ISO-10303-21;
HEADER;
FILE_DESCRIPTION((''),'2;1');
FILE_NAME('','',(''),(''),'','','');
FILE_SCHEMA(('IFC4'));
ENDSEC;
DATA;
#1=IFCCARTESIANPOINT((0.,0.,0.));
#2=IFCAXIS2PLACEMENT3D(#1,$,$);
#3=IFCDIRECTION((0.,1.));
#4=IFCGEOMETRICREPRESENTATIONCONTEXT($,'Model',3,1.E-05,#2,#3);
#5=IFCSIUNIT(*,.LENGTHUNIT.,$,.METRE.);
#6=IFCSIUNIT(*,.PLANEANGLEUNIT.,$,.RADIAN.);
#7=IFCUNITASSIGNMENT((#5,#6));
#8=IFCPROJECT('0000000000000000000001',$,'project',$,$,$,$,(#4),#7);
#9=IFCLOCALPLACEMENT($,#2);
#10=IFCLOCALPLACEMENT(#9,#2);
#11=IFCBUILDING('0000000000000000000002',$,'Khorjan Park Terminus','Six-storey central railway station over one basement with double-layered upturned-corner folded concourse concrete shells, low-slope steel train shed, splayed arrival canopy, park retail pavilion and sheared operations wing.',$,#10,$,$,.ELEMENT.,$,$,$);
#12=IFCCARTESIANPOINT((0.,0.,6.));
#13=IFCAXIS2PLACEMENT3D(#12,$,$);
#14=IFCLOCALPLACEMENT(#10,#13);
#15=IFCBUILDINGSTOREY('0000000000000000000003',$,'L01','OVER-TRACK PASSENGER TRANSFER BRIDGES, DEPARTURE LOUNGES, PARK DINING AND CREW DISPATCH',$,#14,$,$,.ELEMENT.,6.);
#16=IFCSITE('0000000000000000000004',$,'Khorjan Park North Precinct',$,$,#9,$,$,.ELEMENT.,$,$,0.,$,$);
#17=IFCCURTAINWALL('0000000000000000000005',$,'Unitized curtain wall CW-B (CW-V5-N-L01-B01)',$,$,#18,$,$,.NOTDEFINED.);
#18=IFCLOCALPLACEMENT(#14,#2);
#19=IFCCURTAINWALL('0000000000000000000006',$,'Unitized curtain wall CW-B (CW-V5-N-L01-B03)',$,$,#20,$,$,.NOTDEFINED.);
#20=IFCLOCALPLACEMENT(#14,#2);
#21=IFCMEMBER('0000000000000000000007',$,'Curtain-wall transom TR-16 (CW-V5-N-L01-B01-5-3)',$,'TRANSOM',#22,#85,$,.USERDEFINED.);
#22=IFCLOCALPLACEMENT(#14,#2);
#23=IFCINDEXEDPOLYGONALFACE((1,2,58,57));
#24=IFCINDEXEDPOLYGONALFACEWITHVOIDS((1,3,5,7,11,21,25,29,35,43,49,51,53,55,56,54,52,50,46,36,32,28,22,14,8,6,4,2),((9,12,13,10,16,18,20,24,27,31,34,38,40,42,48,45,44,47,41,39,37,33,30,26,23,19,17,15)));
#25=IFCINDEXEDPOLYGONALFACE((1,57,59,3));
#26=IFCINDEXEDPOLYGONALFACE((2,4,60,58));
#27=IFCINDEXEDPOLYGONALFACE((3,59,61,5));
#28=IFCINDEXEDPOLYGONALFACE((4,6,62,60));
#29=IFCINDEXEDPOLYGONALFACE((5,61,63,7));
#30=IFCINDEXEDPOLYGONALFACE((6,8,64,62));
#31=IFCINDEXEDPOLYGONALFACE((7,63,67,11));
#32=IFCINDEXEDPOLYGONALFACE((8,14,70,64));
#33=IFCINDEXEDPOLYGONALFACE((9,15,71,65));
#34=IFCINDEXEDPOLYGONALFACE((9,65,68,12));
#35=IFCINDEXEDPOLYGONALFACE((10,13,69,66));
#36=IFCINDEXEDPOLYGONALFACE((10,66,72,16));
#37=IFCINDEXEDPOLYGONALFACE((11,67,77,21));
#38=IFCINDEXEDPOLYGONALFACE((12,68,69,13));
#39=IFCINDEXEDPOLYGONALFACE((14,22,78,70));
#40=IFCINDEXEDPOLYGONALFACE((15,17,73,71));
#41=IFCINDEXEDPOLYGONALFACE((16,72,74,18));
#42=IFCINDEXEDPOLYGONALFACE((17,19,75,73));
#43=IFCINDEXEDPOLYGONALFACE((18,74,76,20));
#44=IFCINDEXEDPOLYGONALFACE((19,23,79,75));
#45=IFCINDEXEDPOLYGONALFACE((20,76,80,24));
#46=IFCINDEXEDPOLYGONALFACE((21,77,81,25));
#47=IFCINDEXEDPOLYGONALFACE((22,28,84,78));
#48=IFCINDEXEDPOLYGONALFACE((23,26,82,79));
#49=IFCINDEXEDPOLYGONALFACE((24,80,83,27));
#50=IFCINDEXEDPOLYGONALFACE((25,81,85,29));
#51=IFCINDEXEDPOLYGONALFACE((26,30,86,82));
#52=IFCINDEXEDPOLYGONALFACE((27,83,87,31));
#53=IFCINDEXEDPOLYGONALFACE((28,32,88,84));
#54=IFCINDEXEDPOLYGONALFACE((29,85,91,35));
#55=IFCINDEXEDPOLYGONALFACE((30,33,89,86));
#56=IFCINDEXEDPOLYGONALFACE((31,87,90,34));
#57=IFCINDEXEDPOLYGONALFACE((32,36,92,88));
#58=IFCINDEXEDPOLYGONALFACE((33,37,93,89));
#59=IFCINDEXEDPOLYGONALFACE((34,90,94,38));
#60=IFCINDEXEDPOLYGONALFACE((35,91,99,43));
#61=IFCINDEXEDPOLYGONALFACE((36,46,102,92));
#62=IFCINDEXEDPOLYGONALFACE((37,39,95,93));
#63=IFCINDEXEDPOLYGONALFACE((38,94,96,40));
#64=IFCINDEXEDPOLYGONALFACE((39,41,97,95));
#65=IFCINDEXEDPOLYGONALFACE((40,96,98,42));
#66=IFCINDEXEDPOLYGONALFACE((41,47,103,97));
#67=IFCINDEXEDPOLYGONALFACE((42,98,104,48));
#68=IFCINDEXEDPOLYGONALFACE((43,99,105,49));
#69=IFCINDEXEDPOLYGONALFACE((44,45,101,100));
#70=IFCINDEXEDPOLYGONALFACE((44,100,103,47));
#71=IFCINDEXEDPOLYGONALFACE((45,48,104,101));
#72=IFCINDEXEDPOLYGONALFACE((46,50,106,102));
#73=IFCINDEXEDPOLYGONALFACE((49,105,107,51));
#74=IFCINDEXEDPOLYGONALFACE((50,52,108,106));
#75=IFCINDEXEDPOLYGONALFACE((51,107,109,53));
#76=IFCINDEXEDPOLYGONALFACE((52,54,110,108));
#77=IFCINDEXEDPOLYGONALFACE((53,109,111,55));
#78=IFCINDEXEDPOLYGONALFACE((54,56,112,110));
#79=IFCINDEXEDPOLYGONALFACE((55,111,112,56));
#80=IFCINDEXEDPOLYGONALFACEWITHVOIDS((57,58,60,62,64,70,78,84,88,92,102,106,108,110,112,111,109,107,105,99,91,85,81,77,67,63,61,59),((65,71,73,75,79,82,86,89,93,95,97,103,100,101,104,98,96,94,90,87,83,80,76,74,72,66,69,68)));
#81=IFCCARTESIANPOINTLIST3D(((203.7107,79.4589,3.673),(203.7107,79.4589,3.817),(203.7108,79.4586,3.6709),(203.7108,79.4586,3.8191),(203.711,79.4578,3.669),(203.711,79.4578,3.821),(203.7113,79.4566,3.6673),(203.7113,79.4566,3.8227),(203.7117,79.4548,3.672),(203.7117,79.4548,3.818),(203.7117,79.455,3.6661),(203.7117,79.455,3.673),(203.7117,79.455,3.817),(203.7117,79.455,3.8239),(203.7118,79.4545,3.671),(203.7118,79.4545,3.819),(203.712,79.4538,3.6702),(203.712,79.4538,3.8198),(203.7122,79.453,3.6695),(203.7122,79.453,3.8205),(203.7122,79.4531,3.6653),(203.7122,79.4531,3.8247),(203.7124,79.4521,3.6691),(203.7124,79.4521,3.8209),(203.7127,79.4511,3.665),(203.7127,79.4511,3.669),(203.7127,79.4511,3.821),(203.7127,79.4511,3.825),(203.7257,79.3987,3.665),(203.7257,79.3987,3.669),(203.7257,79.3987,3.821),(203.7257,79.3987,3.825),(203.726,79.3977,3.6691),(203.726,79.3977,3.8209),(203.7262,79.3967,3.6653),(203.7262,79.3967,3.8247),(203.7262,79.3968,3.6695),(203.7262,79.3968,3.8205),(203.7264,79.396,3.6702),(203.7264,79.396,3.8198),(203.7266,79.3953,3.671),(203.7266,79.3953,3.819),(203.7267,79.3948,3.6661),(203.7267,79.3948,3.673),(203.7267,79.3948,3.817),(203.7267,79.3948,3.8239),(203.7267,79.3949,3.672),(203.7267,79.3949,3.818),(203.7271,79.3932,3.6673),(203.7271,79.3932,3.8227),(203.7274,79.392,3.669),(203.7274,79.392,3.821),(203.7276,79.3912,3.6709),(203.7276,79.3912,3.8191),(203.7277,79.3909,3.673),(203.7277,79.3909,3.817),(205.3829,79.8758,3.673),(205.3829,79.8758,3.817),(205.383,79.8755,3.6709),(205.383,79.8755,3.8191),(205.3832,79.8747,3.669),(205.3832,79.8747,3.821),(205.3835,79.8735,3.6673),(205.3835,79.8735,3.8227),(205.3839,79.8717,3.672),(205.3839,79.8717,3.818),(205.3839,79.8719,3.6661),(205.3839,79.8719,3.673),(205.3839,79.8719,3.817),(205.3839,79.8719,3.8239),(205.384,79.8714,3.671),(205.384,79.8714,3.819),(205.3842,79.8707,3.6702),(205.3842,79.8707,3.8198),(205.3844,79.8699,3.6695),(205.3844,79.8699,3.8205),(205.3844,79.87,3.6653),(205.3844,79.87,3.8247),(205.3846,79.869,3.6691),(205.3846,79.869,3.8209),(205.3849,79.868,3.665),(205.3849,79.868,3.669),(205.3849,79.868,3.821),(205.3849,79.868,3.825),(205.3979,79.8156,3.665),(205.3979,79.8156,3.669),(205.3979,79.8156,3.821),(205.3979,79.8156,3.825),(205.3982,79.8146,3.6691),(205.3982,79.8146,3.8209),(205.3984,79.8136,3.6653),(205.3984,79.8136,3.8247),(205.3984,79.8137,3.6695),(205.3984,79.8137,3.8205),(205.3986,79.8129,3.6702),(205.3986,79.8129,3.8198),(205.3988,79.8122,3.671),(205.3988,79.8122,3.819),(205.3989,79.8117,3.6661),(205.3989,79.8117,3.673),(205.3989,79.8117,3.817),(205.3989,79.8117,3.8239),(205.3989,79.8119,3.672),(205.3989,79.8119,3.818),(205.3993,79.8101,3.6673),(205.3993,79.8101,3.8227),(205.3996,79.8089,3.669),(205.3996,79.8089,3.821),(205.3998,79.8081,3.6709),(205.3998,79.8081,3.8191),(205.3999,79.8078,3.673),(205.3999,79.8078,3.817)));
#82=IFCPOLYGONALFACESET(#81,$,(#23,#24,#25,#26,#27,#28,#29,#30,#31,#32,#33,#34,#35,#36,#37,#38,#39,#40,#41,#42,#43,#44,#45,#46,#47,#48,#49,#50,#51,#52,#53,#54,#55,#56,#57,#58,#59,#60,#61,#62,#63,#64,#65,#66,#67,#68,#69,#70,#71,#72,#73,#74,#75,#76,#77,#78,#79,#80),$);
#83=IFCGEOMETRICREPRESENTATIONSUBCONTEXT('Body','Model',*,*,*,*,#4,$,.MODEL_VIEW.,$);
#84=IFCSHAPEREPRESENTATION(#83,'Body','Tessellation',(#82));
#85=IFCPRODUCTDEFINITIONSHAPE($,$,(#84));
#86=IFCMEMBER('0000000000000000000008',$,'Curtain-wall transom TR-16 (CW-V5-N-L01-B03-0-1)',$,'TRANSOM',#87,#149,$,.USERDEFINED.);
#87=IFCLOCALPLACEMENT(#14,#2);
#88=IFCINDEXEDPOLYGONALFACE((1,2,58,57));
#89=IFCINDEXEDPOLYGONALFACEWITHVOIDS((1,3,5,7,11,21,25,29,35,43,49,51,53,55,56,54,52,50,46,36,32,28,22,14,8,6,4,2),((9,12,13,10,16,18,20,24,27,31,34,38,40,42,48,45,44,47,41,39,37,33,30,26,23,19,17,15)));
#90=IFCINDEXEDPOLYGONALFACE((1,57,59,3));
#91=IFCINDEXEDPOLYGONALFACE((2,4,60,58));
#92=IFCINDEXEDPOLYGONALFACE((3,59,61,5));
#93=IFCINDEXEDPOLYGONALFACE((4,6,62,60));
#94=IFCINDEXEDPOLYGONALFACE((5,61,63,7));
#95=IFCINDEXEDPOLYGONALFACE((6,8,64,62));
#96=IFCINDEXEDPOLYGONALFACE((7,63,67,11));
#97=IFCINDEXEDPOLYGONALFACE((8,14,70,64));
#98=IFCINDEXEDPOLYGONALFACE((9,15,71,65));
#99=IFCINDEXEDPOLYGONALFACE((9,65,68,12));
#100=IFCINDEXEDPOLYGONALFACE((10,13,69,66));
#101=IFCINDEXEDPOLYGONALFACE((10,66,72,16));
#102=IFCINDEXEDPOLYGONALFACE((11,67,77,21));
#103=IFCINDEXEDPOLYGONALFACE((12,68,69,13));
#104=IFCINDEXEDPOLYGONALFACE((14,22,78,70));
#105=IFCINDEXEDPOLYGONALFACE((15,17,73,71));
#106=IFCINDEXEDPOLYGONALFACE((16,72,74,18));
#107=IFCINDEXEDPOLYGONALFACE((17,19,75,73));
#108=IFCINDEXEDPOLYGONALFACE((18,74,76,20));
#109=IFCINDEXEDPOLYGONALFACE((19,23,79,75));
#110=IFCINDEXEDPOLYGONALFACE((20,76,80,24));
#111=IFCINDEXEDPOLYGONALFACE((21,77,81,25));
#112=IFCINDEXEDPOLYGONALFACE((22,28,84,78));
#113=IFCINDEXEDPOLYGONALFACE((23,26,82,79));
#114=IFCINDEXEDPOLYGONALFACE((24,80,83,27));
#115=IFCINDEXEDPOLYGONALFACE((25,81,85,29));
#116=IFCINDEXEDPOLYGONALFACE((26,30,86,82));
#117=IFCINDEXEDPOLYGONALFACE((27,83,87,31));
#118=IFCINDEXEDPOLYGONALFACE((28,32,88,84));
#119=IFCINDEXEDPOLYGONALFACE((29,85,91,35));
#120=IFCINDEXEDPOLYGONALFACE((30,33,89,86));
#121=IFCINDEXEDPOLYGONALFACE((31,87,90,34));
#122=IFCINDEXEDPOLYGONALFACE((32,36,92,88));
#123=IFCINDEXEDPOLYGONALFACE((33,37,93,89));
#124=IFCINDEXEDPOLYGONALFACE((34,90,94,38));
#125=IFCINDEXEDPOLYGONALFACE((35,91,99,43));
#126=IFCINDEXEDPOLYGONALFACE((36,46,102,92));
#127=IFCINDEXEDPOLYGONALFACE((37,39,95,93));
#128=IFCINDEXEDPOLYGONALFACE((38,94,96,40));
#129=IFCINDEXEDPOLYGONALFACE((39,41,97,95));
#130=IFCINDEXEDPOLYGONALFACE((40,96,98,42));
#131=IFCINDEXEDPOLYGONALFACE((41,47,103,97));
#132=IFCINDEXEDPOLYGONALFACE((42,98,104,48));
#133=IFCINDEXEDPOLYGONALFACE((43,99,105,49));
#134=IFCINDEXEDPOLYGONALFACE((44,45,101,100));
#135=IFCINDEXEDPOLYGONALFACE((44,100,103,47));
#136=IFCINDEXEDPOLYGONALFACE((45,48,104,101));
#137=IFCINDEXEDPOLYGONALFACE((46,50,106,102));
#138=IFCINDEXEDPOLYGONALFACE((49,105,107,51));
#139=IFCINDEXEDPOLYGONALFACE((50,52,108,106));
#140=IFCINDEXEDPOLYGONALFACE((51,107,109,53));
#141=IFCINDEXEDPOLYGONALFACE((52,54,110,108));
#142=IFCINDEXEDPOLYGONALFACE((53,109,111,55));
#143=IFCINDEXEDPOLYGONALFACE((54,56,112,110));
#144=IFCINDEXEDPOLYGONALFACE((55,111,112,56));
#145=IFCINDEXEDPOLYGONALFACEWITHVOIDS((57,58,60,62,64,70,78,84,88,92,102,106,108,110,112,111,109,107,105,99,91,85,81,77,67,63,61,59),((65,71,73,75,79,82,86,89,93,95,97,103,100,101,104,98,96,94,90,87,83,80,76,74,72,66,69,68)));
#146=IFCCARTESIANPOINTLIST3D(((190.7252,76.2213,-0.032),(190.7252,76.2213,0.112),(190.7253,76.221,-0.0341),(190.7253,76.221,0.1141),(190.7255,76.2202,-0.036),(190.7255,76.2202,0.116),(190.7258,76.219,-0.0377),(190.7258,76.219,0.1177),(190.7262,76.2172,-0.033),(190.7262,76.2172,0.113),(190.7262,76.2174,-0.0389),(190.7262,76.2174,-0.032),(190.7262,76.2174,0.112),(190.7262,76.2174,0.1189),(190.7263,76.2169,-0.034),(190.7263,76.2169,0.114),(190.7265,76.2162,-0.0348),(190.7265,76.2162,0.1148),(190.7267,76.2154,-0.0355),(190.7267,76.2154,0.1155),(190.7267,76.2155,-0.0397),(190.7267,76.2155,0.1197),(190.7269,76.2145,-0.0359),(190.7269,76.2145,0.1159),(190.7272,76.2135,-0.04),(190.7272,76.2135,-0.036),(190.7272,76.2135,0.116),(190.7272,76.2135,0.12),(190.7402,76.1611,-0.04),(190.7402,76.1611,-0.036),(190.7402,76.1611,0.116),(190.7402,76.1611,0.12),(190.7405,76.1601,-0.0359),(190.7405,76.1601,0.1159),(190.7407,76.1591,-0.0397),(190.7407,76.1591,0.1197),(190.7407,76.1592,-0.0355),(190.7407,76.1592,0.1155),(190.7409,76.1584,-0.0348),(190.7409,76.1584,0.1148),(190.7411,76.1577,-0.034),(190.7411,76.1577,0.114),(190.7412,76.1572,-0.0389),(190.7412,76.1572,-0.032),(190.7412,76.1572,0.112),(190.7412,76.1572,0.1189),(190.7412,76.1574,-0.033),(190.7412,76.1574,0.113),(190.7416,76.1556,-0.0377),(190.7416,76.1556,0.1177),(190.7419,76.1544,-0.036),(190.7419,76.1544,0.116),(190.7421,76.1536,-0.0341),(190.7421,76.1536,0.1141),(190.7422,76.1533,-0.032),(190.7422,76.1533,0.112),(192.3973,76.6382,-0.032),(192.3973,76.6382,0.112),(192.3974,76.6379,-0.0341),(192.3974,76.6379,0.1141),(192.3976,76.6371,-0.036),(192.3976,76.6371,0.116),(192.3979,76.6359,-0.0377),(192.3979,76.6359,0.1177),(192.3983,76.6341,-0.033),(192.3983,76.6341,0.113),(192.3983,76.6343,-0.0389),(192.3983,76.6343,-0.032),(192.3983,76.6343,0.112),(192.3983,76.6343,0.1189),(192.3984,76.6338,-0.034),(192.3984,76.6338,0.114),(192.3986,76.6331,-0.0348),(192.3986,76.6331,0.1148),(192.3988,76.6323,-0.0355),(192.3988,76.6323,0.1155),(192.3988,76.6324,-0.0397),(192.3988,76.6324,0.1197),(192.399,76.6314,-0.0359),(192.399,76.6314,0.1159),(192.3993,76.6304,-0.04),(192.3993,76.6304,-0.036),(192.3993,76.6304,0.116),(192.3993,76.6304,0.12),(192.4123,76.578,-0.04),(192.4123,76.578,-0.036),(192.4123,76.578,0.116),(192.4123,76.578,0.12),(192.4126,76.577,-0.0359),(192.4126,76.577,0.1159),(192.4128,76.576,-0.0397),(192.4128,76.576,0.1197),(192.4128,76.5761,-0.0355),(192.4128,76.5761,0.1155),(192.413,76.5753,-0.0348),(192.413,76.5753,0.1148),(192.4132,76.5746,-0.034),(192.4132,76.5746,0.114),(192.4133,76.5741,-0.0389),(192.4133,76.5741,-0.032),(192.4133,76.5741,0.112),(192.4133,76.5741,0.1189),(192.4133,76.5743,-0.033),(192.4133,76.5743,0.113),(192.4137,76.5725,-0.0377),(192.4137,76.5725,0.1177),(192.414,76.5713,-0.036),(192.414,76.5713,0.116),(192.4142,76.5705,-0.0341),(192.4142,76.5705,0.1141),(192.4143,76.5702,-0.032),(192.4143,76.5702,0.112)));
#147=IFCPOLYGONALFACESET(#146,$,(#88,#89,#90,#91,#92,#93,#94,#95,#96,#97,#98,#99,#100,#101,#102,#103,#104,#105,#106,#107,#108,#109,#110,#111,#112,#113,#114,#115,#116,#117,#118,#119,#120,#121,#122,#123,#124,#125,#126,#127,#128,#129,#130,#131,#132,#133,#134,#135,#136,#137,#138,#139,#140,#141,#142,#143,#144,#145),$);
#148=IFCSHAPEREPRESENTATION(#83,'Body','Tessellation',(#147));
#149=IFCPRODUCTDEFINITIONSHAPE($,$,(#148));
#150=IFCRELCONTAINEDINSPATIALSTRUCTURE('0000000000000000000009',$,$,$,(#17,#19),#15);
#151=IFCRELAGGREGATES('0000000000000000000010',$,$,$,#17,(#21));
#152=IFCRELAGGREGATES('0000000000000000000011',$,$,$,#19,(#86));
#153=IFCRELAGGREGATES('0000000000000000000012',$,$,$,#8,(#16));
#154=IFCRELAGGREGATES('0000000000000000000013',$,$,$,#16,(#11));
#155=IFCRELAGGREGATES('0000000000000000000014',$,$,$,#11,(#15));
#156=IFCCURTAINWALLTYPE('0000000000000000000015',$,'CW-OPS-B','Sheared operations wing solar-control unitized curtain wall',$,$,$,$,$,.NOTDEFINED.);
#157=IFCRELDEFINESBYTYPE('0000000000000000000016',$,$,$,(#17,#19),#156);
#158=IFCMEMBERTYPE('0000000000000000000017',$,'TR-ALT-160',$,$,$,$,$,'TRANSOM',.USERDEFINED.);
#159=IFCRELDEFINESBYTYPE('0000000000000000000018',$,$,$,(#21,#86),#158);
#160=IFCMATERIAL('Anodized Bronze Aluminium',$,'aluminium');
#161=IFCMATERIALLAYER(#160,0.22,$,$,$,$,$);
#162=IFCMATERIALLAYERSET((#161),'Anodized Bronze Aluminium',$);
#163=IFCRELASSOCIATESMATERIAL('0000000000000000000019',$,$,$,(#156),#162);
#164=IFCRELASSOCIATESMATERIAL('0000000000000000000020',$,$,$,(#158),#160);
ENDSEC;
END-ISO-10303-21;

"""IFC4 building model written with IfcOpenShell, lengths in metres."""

from ifc_helpers import new_model, si_unit, direction, frame, origin, origin_2d, place, context, subcontext, project, spatial, hollow_rectangle, extrude, material, layer, layer_set, material_profile, profile_set, type_object, element, aggregate, save


model = new_model("IFC4")

# Units and contexts
model_context = context("Model", 3, precision=1e-05, world=origin(), true_north=direction((0.0, 1.0)))
body_context = subcontext(model_context, "Body", "Model", "MODEL_VIEW")
ifc_project = project(units=[si_unit("LENGTHUNIT", "METRE"), si_unit("PLANEANGLEUNIT", "RADIAN")], contexts=[model_context])

# Site, building, storey
site_placement = place(None, origin())
site = spatial("IfcSite", under=ifc_project, at=site_placement, Name="Khorjan Park North Precinct", CompositionType="ELEMENT", RefElevation=0.0)
building_placement = place(site_placement, origin())
building = spatial("IfcBuilding", under=site, at=building_placement, Name="Khorjan Park Terminus", Description="Six-storey central railway station over one basement with double-layered upturned-corner folded concourse concrete shells, low-slope steel train shed, splayed arrival canopy, park retail pavilion and sheared operations wing.", CompositionType="ELEMENT")
storey_placement = place(building_placement, frame((0.0, 0.0, 6.0)))
storey = spatial("IfcBuildingStorey", under=building, at=storey_placement, Name="L01", Description="OVER-TRACK PASSENGER TRANSFER BRIDGES, DEPARTURE LOUNGES, PARK DINING AND CREW DISPATCH", CompositionType="ELEMENT", Elevation=6.0)

# Curtain wall
ifc_material_1 = material(Name="Anodized Bronze Aluminium", Category="aluminium")
ifc_layer_1 = layer(ifc_material_1, 0.22)
ifc_layer_set_1 = layer_set([ifc_layer_1], Name="Anodized Bronze Aluminium")
curtain_wall_type = type_object("IfcCurtainWallType", Name="CW-OPS-B", Description="Sheared operations wing solar-control unitized curtain wall", PredefinedType="NOTDEFINED", material=ifc_layer_set_1)
curtain_wall_1_placement = place(storey_placement, origin())
curtain_wall_1 = element("IfcCurtainWall", 1, at=curtain_wall_1_placement, inside=storey, type_object=curtain_wall_type, Name="Unitized curtain wall CW-B (CW-V5-N-L01-B01)", PredefinedType="NOTDEFINED")

# Curtain wall
curtain_wall_2_placement = place(storey_placement, origin())
curtain_wall_2 = element("IfcCurtainWall", 2, at=curtain_wall_2_placement, inside=storey, type_object=curtain_wall_type, Name="Unitized curtain wall CW-B (CW-V5-N-L01-B03)", PredefinedType="NOTDEFINED")

# Members
ifc_material_profile_1 = material_profile(ifc_material_1, hollow_rectangle(XDim=0.07, YDim=0.16, WallThickness=0.004, InnerFilletRadius=0.004, OuterFilletRadius=0.008, at=origin_2d()), Name="ALT 70x160x4")
ifc_profile_set_1 = profile_set([ifc_material_profile_1], Name="Anodized Bronze Aluminium")
member_type_1 = type_object("IfcMemberType", Name="TR-ALT-160", ElementType="TRANSOM", PredefinedType="USERDEFINED", material=ifc_profile_set_1)
member_1_placement = place(storey_placement, frame((205.3914, 79.8418, 3.745), z_axis=(-0.970299, -0.241908, 0.0), x_axis=(0.241908, -0.970299, 0.0)))
member_1 = element("IfcMember", 3, at=member_1_placement, type_object=member_type_1, Name="Curtain-wall transom TR-16 (CW-V5-N-L01-B01-5-3)", ObjectType="TRANSOM", PredefinedType="USERDEFINED", context=body_context, shape_type="SweptSolid", body=[
    extrude(hollow_rectangle(XDim=0.07, YDim=0.16, WallThickness=0.004, InnerFilletRadius=0.004, OuterFilletRadius=0.008, at=origin_2d()), origin(), (0.0, 0.0, 1.0), 1.7234),
])
member_2_placement = place(storey_placement, frame((192.4058, 76.6042, 0.04), z_axis=(-0.970296, -0.241921, 0.0), x_axis=(0.241921, -0.970296, 0.0)))
member_2 = element("IfcMember", 4, at=member_2_placement, type_object=member_type_1, Name="Curtain-wall transom TR-16 (CW-V5-N-L01-B03-0-1)", ObjectType="TRANSOM", PredefinedType="USERDEFINED", context=body_context, shape_type="SweptSolid", body=[
    extrude(hollow_rectangle(XDim=0.07, YDim=0.16, WallThickness=0.004, InnerFilletRadius=0.004, OuterFilletRadius=0.008, at=origin_2d()), origin(), (0.0, 0.0, 1.0), 1.7233),
])

aggregate(curtain_wall_1, [member_1])
aggregate(curtain_wall_2, [member_2])

save(model, "model.ifc")
